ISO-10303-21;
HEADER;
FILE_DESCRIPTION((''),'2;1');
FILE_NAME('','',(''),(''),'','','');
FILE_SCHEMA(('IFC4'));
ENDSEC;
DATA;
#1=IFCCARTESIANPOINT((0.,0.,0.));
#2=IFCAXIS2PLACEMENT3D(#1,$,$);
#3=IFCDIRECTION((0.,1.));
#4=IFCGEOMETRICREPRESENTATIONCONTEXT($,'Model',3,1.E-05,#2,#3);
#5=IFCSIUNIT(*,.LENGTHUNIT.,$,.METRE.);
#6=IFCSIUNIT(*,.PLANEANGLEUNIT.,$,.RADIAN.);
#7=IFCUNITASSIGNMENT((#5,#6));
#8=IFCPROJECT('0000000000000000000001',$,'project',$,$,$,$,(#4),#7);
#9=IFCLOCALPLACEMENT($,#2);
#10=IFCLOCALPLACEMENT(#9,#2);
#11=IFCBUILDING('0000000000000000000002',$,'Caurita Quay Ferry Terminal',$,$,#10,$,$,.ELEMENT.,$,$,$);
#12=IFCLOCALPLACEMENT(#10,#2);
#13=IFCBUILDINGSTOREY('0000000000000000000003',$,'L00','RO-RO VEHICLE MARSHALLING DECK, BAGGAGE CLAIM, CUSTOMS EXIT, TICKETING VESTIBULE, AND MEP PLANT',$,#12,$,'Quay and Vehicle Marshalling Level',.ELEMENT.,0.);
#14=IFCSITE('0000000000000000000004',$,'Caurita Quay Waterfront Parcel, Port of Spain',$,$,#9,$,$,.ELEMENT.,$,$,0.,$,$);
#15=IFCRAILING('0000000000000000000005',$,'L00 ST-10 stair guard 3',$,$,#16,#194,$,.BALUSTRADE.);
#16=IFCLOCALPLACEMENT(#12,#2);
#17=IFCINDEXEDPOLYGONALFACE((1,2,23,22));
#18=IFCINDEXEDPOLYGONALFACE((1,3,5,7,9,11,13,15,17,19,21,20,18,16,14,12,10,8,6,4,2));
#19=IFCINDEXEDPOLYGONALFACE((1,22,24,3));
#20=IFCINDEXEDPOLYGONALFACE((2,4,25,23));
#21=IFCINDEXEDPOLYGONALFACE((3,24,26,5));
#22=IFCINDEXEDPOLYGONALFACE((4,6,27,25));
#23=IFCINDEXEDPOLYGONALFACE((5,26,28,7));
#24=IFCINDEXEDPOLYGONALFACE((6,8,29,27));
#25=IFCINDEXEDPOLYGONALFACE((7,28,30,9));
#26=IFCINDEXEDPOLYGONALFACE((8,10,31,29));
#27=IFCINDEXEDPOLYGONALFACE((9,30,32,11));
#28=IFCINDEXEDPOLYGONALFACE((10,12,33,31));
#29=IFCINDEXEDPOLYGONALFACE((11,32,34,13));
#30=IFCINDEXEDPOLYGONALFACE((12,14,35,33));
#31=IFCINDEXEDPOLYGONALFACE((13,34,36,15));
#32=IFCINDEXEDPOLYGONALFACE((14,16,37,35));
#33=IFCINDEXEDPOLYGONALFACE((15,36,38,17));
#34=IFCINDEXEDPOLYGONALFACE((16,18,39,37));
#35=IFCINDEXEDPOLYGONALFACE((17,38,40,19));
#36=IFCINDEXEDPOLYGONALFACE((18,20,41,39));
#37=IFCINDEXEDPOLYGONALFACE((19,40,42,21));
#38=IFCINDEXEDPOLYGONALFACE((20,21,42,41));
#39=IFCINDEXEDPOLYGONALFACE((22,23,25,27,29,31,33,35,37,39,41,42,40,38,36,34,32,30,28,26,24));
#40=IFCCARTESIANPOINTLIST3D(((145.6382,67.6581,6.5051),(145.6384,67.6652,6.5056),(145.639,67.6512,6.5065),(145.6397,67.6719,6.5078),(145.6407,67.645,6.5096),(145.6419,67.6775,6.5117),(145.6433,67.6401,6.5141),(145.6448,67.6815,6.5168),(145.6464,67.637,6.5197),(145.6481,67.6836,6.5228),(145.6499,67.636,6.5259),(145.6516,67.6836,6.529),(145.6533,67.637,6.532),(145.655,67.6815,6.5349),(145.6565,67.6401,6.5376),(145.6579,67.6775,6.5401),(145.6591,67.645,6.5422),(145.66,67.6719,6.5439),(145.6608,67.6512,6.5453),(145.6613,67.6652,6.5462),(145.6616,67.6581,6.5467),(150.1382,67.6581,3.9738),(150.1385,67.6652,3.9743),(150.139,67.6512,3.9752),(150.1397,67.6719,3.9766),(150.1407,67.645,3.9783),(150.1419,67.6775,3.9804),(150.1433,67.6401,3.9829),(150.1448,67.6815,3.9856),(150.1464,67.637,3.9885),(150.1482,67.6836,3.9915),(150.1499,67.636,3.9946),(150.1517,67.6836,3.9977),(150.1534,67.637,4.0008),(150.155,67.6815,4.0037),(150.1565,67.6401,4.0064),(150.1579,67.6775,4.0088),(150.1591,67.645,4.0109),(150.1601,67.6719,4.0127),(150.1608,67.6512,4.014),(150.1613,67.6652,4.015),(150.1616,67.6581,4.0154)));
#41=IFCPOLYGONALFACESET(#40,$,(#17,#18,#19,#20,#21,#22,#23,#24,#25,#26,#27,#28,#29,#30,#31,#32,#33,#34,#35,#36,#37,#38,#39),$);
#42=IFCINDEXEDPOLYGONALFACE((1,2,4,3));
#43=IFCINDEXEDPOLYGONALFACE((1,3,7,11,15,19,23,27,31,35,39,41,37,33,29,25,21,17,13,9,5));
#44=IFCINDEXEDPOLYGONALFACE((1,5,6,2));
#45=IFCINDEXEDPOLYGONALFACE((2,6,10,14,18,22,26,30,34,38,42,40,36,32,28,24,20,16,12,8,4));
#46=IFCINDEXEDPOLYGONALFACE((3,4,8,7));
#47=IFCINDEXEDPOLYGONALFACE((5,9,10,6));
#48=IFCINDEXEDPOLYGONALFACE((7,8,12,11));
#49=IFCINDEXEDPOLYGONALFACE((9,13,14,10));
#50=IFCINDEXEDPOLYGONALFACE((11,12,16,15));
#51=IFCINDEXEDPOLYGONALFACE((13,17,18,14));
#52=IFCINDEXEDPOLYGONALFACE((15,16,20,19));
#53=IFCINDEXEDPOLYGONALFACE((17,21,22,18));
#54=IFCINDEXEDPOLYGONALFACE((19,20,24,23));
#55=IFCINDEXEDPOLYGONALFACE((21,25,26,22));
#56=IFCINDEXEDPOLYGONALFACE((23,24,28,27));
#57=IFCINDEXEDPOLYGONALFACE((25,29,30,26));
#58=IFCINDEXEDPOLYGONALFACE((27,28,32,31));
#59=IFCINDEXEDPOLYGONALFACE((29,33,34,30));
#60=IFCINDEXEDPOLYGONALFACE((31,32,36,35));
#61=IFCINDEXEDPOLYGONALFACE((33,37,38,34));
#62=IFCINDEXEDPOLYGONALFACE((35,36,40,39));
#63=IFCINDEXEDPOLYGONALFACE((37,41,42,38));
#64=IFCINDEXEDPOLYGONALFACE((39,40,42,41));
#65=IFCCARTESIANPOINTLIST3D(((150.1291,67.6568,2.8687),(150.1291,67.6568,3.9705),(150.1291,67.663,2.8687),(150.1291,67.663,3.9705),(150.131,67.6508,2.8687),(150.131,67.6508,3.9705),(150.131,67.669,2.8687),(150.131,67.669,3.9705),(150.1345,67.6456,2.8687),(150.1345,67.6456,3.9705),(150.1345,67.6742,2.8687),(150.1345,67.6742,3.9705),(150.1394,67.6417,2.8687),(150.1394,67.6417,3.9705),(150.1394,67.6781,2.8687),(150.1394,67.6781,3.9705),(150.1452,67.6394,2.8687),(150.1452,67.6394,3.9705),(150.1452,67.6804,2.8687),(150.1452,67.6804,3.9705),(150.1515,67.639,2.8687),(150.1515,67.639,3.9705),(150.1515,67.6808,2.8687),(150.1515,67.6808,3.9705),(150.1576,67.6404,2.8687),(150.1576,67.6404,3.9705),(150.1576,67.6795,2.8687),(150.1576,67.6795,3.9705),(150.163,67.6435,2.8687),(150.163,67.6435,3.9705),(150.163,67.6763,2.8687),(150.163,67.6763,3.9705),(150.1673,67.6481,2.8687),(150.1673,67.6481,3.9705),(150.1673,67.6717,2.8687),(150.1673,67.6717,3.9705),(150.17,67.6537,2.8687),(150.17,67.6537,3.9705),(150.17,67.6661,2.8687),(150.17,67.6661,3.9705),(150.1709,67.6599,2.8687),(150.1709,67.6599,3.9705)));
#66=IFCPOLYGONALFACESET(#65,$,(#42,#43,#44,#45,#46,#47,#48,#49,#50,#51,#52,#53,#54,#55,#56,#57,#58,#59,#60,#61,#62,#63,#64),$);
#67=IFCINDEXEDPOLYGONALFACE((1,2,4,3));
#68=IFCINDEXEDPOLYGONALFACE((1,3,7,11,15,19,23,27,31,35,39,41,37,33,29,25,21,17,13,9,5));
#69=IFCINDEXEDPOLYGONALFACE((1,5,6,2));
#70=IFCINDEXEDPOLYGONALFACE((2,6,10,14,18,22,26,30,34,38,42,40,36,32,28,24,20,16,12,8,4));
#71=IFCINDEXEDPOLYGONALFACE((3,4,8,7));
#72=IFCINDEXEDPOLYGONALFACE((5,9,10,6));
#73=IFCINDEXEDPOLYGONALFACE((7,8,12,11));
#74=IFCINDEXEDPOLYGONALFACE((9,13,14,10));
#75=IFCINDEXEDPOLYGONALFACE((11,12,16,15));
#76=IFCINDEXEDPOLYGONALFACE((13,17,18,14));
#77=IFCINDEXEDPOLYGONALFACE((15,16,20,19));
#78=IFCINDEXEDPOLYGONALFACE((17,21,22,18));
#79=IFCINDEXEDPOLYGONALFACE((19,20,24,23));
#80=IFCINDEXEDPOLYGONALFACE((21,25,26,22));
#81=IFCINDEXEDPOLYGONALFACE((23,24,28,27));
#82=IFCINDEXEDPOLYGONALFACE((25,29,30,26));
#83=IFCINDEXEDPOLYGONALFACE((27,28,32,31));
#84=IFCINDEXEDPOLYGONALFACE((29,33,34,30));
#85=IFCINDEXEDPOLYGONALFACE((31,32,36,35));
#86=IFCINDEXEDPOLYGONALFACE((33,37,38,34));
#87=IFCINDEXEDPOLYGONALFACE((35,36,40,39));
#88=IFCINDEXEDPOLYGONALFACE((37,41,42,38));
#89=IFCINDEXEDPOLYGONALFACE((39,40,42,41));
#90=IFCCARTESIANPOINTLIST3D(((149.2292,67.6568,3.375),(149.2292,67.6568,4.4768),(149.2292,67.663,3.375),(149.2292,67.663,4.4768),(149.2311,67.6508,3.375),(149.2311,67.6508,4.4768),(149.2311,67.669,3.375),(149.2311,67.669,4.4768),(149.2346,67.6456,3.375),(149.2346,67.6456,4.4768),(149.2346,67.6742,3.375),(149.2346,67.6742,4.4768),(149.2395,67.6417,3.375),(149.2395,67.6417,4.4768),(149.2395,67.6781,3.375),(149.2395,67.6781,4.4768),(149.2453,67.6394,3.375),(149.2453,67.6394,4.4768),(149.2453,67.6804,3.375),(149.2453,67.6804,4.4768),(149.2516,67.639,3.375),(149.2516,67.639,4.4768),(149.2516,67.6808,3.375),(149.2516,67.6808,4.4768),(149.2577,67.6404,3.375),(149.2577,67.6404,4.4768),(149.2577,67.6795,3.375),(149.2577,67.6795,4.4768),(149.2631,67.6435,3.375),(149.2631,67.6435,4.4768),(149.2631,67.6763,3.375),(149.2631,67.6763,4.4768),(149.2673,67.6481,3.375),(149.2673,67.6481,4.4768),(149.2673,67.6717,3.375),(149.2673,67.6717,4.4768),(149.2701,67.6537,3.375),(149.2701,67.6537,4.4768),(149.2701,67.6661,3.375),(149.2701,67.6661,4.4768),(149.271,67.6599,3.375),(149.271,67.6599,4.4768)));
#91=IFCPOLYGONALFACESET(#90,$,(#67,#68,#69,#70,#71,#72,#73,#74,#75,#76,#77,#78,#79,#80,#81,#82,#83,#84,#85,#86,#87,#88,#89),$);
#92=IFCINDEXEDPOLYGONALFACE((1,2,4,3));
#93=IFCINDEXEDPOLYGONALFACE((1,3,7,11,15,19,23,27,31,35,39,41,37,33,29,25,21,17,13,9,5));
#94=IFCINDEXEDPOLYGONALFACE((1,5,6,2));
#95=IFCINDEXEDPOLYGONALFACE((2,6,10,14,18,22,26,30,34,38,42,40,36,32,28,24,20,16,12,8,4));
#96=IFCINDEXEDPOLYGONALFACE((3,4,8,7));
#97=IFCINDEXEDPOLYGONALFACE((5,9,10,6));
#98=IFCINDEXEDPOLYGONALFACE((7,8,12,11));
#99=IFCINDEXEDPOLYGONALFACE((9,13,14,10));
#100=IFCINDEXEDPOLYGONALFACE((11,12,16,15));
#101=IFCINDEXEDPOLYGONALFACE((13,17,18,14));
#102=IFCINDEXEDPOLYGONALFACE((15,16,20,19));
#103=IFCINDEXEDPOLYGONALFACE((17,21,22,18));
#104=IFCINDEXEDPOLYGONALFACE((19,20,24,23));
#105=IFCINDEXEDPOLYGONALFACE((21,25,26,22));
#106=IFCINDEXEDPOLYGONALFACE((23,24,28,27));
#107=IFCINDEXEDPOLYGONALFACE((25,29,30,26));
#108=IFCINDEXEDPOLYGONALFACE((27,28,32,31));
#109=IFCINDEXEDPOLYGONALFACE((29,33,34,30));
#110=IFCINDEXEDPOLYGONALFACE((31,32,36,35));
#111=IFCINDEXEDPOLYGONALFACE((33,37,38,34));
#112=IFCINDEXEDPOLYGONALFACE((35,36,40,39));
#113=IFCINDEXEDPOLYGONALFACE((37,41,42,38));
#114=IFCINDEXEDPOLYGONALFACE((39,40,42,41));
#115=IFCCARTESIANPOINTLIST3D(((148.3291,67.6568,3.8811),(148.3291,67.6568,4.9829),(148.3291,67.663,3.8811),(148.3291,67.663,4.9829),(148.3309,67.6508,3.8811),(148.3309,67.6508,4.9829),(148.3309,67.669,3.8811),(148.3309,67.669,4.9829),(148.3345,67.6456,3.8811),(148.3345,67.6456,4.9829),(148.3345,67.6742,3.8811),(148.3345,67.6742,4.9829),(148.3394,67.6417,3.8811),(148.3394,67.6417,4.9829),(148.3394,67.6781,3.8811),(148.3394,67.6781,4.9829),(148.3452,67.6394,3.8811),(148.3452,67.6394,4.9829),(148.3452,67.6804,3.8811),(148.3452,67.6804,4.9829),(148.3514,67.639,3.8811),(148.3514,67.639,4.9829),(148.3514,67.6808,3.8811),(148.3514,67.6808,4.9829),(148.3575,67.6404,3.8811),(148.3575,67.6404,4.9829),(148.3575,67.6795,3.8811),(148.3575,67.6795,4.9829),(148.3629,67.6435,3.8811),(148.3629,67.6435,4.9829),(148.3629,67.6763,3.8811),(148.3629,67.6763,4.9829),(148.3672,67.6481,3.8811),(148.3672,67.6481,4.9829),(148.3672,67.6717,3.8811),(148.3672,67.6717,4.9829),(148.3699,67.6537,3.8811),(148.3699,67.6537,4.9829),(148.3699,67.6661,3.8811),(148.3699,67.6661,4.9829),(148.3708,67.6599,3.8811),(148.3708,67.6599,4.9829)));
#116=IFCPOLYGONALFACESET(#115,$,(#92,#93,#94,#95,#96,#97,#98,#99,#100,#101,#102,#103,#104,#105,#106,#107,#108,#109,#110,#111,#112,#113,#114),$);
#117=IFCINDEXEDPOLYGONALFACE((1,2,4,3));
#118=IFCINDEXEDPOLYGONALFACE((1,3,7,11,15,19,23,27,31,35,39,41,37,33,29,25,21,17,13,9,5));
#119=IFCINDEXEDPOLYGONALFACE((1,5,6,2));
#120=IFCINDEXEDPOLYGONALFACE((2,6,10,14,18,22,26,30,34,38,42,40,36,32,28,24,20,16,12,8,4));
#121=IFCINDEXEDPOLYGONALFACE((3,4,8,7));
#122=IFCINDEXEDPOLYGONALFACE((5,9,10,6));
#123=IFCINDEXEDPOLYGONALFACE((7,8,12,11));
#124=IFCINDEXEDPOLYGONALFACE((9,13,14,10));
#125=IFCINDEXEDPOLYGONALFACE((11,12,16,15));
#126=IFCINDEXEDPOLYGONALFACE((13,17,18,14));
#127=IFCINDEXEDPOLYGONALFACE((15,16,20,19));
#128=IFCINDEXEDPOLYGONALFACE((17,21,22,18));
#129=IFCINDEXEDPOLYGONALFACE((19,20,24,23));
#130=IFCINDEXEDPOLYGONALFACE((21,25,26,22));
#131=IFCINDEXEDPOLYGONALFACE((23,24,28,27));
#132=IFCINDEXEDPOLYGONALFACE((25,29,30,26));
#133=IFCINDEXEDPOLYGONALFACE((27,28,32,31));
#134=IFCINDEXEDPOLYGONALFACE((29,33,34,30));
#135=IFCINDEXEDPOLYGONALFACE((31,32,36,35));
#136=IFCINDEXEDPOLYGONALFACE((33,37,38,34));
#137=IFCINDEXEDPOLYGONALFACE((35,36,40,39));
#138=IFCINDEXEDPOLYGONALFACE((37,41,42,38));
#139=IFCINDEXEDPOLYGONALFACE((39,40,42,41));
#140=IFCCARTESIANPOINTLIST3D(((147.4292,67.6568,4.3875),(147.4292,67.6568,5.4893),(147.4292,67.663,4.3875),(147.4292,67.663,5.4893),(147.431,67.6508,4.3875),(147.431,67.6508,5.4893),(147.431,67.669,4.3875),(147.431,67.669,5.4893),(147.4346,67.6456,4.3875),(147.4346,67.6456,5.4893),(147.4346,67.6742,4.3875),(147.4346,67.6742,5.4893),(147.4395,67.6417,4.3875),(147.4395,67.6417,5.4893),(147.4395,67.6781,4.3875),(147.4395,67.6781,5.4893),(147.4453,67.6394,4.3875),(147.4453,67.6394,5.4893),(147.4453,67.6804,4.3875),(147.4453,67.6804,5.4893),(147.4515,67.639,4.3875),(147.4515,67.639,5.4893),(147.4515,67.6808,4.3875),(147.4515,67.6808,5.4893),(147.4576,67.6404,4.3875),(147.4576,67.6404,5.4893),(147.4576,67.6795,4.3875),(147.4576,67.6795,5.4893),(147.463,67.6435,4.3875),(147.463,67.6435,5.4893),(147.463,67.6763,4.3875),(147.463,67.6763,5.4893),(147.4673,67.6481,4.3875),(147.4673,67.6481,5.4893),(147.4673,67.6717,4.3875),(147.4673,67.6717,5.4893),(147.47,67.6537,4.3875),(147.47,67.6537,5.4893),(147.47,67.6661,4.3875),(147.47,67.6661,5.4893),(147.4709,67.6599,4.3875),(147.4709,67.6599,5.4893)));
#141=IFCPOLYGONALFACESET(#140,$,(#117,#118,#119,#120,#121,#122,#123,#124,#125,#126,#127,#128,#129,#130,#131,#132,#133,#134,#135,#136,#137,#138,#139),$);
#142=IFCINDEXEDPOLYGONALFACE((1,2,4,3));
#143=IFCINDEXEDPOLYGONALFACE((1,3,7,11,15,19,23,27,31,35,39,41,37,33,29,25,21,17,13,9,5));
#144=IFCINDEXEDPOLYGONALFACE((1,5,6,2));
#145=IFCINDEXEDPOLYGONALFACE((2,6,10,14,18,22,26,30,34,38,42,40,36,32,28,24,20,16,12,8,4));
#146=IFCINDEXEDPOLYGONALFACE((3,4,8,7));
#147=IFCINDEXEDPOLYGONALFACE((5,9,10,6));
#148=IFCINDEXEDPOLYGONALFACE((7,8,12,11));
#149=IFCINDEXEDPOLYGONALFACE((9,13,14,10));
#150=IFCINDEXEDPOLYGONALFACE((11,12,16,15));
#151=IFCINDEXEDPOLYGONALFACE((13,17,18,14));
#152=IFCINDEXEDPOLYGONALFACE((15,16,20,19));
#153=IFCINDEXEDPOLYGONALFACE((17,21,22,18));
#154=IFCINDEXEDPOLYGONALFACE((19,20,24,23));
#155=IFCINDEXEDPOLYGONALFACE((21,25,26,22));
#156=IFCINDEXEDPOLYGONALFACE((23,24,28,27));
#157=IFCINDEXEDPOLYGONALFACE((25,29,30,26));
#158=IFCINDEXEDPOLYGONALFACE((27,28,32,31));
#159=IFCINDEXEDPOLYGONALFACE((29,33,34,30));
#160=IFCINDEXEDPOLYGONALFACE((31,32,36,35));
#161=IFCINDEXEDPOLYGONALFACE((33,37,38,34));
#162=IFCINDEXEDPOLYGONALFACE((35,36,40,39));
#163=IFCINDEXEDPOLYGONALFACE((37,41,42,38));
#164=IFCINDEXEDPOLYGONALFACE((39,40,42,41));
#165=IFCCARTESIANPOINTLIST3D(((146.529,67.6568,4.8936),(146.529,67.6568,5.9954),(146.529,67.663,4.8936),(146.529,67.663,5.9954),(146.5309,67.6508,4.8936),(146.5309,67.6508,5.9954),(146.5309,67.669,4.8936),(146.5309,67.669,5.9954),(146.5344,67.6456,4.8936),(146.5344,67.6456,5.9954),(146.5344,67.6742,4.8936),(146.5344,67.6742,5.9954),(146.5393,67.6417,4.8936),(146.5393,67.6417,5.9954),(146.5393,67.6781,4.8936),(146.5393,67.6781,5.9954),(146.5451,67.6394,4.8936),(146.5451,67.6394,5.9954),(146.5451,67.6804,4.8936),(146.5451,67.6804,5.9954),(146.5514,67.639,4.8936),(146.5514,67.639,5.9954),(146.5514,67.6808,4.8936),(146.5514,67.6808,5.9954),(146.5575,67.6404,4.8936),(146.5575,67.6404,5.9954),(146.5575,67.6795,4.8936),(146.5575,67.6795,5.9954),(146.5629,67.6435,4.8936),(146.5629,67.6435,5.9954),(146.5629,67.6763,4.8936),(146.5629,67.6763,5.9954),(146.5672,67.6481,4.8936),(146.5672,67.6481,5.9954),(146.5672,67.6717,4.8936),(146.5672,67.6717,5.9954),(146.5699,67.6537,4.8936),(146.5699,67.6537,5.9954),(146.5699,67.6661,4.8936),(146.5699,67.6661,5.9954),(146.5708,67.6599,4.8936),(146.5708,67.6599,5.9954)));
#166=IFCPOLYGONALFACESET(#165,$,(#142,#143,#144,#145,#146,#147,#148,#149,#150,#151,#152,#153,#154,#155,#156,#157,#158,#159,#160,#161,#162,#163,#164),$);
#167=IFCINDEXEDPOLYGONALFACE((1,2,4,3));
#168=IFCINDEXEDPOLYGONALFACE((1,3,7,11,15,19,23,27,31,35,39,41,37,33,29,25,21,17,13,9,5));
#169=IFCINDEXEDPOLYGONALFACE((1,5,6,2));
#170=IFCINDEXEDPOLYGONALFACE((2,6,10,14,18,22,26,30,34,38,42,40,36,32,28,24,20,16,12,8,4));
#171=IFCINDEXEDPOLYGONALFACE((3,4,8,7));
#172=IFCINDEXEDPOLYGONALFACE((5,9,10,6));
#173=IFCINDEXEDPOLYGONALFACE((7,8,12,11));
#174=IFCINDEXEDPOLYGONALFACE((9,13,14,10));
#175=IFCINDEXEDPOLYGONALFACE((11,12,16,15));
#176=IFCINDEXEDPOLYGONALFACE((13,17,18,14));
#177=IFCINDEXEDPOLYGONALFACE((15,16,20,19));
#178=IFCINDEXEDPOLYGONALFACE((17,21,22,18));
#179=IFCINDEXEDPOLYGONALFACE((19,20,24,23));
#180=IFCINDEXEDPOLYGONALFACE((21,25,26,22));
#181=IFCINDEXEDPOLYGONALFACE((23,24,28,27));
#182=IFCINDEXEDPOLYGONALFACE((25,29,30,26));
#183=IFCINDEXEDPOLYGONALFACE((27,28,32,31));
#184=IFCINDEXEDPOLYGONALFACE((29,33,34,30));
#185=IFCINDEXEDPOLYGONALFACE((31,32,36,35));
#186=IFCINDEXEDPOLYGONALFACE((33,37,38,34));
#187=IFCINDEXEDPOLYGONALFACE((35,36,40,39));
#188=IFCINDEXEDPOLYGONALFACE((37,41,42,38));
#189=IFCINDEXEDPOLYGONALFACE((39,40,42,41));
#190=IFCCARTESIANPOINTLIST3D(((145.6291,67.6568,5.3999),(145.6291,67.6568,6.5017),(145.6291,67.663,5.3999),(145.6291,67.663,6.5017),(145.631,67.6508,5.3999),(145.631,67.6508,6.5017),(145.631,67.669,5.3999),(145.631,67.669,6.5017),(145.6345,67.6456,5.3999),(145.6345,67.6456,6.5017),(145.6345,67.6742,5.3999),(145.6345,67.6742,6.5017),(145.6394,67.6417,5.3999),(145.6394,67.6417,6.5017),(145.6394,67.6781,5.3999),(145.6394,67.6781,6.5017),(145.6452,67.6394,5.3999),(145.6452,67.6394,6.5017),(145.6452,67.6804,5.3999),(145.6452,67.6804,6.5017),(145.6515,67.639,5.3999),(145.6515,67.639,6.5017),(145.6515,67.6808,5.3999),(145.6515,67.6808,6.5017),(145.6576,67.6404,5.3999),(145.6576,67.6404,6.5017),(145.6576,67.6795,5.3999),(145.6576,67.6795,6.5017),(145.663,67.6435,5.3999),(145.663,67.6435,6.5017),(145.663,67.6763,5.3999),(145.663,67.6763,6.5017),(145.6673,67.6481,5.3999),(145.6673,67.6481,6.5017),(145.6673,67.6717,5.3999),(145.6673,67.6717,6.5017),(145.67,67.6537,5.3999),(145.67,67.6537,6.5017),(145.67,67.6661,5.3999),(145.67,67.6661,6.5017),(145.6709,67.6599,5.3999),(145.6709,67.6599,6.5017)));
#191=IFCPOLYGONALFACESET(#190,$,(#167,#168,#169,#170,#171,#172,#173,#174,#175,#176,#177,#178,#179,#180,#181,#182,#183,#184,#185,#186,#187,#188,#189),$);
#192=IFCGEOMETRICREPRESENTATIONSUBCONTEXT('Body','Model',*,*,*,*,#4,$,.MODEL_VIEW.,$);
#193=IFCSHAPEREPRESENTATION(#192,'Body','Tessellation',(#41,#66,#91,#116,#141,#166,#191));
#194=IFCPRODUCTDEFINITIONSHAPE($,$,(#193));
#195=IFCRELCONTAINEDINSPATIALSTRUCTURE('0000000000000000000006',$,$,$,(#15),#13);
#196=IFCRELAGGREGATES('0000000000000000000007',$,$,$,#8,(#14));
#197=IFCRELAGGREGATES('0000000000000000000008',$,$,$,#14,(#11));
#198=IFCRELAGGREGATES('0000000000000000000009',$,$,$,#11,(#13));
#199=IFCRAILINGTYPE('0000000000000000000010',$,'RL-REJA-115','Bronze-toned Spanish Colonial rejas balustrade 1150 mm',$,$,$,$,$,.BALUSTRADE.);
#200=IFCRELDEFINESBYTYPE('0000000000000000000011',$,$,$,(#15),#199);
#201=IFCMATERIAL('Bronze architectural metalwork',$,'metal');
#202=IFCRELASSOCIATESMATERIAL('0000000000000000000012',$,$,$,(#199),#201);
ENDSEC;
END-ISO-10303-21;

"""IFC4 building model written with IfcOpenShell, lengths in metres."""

from ifc_helpers import new_model, si_unit, direction, frame, origin, origin_2d, place, context, subcontext, project, spatial, circle, extrude, material, type_object, element, save


model = new_model("IFC4")

# Units and contexts
model_context = context("Model", 3, precision=1e-05, world=origin(), true_north=direction((0.0, 1.0)))
body_context = subcontext(model_context, "Body", "Model", "MODEL_VIEW")
ifc_project = project(units=[si_unit("LENGTHUNIT", "METRE"), si_unit("PLANEANGLEUNIT", "RADIAN")], contexts=[model_context])

# Site, building, storey
site_placement = place(None, origin())
site = spatial("IfcSite", under=ifc_project, at=site_placement, Name="Caurita Quay Waterfront Parcel, Port of Spain", CompositionType="ELEMENT", RefElevation=0.0)
building_placement = place(site_placement, origin())
building = spatial("IfcBuilding", under=site, at=building_placement, Name="Caurita Quay Ferry Terminal", CompositionType="ELEMENT")
storey_placement = place(building_placement, origin())
storey = spatial("IfcBuildingStorey", under=building, at=storey_placement, Name="L00", Description="RO-RO VEHICLE MARSHALLING DECK, BAGGAGE CLAIM, CUSTOMS EXIT, TICKETING VESTIBULE, AND MEP PLANT", LongName="Quay and Vehicle Marshalling Level", CompositionType="ELEMENT", Elevation=0.0)

# Railing
ifc_material_1 = material(Name="Bronze architectural metalwork", Category="metal")
railing_type_1 = type_object("IfcRailingType", Name="RL-REJA-115", Description="Bronze-toned Spanish Colonial rejas balustrade 1150 mm", PredefinedType="BALUSTRADE", material=ifc_material_1)
railing_1_placement = place(storey_placement, frame((150.1499, 67.6599, 2.8687)))
element("IfcRailing", 1, at=railing_1_placement, inside=storey, type_object=railing_type_1, Name="L00 ST-10 stair guard 3", PredefinedType="BALUSTRADE", context=body_context, shape_type="SweptSolid", body=[
    extrude(circle(Radius=0.0239, at=origin_2d()), frame((0.0, 0.0, 1.126), z_axis=(-0.871576, 0.0, 0.490261), x_axis=(0.0, -1.0, 0.0)), (0.0, 0.0, 1.0), 5.1631),
    extrude(circle(Radius=0.021, at=origin_2d()), origin(), (0.0, 0.0, 1.0), 1.1018),
    extrude(circle(Radius=0.021, at=origin_2d()), frame((-0.8999, 0.0, 0.5063)), (0.0, 0.0, 1.0), 1.1018),
    extrude(circle(Radius=0.021, at=origin_2d()), frame((-1.8, 0.0, 1.0125)), (0.0, 0.0, 1.0), 1.1018),
    extrude(circle(Radius=0.021, at=origin_2d()), frame((-2.7, 0.0, 1.5188)), (0.0, 0.0, 1.0), 1.1018),
    extrude(circle(Radius=0.021, at=origin_2d()), frame((-3.6001, 0.0, 2.0249)), (0.0, 0.0, 1.0), 1.1018),
    extrude(circle(Radius=0.021, at=origin_2d()), frame((-4.5, 0.0, 2.5312)), (0.0, 0.0, 1.0), 1.1018),
])

save(model, "model.ifc")
